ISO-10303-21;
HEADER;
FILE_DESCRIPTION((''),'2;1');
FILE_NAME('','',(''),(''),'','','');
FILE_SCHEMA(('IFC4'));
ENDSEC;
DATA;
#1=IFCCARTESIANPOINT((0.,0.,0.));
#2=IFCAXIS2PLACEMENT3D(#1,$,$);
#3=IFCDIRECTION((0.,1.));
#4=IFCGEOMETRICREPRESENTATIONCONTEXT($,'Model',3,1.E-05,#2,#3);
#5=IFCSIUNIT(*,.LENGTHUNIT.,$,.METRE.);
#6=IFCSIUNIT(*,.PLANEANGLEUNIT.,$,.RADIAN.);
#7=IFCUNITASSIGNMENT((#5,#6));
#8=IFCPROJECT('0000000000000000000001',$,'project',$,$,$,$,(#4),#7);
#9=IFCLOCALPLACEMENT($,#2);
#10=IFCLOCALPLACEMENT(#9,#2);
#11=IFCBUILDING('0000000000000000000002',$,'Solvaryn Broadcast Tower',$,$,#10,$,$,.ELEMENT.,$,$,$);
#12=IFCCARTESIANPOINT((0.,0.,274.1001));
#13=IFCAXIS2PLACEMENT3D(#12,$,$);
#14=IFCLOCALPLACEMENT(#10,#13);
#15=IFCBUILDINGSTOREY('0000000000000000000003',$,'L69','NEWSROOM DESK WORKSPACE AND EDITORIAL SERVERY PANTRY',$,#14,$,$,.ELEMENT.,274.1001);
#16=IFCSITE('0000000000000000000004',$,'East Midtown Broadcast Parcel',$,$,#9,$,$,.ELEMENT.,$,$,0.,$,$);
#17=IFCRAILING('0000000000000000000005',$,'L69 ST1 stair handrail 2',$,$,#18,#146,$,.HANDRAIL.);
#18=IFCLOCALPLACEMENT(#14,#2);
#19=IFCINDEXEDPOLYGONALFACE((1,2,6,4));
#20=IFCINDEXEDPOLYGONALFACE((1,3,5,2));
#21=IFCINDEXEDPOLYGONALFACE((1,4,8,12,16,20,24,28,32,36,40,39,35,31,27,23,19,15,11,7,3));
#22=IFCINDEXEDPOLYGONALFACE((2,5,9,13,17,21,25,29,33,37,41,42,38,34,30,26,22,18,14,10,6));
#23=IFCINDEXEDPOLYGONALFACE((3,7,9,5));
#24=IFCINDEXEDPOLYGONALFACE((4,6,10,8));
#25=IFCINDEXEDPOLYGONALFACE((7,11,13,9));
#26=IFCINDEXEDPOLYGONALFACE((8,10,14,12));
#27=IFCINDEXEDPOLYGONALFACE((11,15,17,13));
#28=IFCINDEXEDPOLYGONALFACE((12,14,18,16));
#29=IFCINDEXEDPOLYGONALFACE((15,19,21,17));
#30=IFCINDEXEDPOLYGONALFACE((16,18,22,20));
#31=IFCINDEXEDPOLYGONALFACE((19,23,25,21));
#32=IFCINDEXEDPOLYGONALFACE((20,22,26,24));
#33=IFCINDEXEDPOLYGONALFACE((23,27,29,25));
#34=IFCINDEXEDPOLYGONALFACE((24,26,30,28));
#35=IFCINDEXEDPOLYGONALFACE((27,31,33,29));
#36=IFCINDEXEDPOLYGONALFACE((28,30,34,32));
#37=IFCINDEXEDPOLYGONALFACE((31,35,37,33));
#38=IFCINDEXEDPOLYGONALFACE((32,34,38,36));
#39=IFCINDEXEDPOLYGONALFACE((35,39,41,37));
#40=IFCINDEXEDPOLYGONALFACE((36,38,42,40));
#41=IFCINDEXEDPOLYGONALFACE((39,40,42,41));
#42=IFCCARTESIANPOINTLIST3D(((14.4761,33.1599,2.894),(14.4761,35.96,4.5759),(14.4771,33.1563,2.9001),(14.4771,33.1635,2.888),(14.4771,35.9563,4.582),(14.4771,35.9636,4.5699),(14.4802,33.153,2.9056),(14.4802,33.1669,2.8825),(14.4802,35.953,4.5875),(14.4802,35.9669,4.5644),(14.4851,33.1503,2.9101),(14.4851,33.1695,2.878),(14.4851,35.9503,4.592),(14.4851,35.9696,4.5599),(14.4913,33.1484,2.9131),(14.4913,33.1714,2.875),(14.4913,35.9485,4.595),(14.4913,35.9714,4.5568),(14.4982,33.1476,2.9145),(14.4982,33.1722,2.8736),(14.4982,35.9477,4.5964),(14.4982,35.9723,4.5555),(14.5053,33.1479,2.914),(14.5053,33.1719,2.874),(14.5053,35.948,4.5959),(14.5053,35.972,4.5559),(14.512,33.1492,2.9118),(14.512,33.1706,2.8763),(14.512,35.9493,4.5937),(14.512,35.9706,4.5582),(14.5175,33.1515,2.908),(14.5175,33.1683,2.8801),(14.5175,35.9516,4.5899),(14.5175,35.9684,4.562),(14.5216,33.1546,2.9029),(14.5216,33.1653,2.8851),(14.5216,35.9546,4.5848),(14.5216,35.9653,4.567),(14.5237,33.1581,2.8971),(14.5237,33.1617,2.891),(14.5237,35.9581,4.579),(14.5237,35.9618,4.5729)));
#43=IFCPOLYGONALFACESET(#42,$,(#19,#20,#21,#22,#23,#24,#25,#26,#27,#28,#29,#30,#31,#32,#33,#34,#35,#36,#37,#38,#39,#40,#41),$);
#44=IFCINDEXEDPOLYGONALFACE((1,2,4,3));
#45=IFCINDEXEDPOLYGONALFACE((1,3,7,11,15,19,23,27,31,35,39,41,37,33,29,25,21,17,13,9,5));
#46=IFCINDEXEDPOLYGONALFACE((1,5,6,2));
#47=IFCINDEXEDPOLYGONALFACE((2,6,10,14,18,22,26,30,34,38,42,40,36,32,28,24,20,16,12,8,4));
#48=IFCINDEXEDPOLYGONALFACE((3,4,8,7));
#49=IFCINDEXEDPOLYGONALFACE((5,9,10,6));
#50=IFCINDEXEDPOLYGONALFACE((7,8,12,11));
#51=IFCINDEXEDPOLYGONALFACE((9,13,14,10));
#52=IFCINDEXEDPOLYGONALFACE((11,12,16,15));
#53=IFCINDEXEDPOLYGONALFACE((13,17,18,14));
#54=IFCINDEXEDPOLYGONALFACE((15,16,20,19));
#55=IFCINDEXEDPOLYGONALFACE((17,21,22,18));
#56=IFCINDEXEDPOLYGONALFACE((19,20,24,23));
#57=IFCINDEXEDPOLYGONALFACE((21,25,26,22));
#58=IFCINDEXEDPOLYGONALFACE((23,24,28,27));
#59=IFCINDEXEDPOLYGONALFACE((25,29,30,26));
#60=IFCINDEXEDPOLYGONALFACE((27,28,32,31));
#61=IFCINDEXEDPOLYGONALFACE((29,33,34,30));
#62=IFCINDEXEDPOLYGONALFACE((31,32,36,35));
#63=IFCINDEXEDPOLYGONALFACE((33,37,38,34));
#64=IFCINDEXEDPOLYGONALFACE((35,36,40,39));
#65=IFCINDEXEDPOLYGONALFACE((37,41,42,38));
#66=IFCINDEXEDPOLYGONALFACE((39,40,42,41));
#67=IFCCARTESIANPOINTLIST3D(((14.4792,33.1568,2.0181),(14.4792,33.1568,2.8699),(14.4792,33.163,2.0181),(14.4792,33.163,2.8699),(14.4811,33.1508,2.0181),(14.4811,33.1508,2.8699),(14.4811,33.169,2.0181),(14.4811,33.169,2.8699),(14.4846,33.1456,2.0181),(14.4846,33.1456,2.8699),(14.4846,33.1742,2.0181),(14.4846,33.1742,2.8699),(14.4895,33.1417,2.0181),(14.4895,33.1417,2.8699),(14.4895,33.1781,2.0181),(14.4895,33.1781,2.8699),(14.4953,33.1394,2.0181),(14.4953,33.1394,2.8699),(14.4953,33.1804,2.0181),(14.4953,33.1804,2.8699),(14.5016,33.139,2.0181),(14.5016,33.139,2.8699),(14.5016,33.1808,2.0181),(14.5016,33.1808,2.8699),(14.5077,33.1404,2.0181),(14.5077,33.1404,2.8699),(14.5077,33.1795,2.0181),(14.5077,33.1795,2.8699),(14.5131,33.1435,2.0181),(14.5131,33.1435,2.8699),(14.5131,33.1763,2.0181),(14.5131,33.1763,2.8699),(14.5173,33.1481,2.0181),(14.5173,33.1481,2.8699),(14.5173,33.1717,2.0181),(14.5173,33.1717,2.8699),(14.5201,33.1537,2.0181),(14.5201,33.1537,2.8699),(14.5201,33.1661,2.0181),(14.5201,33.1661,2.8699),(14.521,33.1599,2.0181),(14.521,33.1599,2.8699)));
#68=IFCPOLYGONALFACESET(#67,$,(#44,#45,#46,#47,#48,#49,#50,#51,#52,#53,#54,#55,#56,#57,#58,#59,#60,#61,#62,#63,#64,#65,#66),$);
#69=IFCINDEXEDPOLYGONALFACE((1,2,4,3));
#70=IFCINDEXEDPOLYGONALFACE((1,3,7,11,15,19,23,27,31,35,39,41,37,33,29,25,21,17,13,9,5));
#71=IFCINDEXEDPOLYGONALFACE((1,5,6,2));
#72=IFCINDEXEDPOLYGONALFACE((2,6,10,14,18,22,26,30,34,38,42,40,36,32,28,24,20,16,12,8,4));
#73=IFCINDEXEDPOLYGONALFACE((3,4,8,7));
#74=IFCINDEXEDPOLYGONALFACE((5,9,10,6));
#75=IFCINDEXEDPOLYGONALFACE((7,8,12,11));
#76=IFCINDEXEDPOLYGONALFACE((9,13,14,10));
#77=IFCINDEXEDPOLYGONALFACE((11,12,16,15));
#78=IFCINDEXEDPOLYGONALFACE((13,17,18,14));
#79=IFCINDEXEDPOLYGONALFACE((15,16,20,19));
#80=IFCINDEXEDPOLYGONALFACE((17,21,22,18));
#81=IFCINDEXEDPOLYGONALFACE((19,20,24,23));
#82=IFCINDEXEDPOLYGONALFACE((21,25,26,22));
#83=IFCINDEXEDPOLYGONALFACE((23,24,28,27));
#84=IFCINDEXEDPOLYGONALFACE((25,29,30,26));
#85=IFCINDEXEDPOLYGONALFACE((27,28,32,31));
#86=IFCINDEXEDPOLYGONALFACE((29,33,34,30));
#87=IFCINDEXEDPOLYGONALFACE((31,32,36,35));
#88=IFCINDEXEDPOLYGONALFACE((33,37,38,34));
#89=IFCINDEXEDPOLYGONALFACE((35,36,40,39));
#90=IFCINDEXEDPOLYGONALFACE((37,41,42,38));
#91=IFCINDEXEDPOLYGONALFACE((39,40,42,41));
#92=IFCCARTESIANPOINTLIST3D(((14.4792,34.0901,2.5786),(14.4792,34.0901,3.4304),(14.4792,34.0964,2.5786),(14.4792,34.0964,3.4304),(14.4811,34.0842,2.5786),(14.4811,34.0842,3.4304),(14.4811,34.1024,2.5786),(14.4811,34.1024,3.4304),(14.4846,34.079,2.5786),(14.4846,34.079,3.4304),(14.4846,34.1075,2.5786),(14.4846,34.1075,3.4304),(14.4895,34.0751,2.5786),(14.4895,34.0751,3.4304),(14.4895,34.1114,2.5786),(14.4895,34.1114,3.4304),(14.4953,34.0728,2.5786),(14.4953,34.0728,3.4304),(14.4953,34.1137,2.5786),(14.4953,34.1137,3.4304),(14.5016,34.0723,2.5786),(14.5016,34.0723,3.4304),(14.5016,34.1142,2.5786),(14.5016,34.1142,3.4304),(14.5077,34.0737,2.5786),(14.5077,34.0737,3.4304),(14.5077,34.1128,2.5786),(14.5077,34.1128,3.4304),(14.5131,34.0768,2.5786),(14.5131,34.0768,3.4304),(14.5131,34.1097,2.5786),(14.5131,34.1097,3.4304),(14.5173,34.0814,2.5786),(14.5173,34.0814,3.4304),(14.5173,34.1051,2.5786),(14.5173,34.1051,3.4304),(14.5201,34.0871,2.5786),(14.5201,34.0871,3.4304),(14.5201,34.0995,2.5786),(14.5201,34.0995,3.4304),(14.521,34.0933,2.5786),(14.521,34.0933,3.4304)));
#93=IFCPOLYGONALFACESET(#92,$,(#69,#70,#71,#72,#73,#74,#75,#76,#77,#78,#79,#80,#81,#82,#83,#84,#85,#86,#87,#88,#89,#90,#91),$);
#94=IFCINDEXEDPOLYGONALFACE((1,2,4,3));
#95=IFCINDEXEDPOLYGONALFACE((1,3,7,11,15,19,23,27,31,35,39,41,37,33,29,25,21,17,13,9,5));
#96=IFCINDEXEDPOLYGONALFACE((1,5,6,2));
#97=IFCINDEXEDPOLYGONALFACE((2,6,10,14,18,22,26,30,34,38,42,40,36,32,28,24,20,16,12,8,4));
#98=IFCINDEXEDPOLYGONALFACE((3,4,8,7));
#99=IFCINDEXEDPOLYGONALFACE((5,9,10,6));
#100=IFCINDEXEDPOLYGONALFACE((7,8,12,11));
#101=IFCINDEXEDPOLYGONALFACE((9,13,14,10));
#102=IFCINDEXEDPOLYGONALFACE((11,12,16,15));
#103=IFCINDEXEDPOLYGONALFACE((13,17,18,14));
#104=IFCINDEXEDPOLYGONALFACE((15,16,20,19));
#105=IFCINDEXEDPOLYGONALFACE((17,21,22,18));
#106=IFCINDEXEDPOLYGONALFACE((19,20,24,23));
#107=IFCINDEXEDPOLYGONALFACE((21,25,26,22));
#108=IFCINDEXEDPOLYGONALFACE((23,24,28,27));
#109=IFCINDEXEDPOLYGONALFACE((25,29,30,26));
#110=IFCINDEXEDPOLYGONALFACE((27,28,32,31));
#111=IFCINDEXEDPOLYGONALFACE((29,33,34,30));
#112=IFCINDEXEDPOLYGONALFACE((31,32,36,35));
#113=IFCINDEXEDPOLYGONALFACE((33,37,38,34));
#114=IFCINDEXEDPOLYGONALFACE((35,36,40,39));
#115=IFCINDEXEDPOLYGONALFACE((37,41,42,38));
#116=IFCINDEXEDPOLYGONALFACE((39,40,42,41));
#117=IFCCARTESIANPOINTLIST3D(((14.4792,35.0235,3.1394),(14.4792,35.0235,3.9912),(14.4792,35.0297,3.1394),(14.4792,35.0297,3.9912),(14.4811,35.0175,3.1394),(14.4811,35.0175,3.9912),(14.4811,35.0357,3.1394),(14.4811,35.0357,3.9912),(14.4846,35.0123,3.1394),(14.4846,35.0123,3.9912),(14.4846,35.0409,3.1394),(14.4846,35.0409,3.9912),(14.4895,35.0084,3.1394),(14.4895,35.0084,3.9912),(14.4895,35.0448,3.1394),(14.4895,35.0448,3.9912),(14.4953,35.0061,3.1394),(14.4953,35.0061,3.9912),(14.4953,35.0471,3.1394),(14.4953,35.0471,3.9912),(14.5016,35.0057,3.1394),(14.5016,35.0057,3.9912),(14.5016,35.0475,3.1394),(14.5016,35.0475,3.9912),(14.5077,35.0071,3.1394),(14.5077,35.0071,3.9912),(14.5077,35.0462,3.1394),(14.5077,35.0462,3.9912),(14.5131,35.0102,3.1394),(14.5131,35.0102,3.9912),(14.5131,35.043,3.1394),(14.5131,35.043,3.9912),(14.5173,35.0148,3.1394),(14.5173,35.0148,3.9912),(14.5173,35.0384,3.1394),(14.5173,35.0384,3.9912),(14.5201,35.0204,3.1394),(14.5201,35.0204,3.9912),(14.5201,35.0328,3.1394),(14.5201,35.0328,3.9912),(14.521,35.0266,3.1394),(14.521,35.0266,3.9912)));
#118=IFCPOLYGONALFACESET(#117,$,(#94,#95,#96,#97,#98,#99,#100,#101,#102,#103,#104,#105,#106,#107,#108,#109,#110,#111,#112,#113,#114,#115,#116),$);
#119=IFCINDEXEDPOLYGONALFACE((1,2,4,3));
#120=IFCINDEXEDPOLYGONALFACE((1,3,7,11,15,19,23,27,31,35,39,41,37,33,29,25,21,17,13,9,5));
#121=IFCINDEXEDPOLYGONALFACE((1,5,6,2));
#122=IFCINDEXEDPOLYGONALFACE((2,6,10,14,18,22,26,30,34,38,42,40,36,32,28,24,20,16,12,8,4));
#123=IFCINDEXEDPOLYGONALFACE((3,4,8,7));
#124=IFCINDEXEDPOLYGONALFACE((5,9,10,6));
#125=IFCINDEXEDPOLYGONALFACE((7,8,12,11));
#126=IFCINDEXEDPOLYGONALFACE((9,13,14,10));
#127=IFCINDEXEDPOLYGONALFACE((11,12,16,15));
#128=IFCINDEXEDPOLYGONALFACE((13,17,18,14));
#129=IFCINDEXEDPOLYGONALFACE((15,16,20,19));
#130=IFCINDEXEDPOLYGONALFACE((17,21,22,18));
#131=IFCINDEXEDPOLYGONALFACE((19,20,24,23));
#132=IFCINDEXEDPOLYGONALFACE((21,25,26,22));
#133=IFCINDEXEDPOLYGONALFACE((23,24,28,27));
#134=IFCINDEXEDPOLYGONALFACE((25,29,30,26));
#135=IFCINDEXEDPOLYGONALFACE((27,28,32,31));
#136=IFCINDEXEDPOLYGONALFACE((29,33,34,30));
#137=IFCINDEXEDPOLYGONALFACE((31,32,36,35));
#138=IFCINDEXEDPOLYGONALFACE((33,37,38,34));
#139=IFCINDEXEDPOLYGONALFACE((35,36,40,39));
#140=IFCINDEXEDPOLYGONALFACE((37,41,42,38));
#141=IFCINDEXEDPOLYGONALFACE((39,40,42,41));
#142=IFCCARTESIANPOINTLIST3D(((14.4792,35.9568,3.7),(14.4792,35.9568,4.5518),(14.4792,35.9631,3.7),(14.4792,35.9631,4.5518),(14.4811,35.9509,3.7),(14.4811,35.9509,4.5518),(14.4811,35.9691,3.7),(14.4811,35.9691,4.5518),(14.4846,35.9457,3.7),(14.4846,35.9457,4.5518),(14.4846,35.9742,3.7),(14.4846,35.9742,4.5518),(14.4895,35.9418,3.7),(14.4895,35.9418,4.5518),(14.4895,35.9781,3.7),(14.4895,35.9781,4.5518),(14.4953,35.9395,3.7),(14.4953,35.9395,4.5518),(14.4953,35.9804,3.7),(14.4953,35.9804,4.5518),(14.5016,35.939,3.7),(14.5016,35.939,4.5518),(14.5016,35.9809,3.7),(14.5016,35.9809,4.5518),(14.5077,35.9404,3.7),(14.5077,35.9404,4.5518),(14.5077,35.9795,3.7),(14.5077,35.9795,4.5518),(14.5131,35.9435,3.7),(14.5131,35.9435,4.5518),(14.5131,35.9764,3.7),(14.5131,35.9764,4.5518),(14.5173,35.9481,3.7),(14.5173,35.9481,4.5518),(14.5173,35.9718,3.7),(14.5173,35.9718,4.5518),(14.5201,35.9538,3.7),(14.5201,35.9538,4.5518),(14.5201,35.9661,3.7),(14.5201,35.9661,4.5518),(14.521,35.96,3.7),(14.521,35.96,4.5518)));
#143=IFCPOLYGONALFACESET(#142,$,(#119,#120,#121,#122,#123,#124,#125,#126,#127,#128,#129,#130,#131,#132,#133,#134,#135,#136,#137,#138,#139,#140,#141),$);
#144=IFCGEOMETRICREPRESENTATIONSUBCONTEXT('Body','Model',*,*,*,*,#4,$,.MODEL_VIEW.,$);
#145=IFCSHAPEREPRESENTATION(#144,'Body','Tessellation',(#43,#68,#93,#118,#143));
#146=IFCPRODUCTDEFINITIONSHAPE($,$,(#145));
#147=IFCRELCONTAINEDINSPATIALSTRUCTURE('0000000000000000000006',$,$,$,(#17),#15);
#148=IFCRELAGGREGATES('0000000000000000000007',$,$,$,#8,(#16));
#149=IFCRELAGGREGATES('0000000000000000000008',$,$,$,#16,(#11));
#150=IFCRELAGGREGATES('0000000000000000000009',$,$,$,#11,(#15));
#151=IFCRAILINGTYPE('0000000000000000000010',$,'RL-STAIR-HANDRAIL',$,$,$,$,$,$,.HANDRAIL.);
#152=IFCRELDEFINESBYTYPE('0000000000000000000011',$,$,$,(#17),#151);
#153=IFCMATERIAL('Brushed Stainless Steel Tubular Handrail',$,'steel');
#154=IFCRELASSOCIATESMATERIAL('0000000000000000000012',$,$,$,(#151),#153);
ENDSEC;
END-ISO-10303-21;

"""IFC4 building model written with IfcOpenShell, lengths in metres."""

from ifc_helpers import new_model, si_unit, direction, frame, origin, origin_2d, place, context, subcontext, project, spatial, circle, extrude, material, type_object, element, save


model = new_model("IFC4")

# Units and contexts
model_context = context("Model", 3, precision=1e-05, world=origin(), true_north=direction((0.0, 1.0)))
body_context = subcontext(model_context, "Body", "Model", "MODEL_VIEW")
ifc_project = project(units=[si_unit("LENGTHUNIT", "METRE"), si_unit("PLANEANGLEUNIT", "RADIAN")], contexts=[model_context])

# Site, building, storey
site_placement = place(None, origin())
site = spatial("IfcSite", under=ifc_project, at=site_placement, Name="East Midtown Broadcast Parcel", CompositionType="ELEMENT", RefElevation=0.0)
building_placement = place(site_placement, origin())
building = spatial("IfcBuilding", under=site, at=building_placement, Name="Solvaryn Broadcast Tower", CompositionType="ELEMENT")
storey_placement = place(building_placement, frame((0.0, 0.0, 274.1001)))
storey = spatial("IfcBuildingStorey", under=building, at=storey_placement, Name="L69", Description="NEWSROOM DESK WORKSPACE AND EDITORIAL SERVERY PANTRY", CompositionType="ELEMENT", Elevation=274.1001)

# Railing
ifc_material_1 = material(Name="Brushed Stainless Steel Tubular Handrail", Category="steel")
railing_type_1 = type_object("IfcRailingType", Name="RL-STAIR-HANDRAIL", PredefinedType="HANDRAIL", material=ifc_material_1)
railing_1_placement = place(storey_placement, frame((14.5, 33.1599, 2.0181)))
element("IfcRailing", 1, at=railing_1_placement, inside=storey, type_object=railing_type_1, Name="L69 ST1 stair handrail 2", PredefinedType="HANDRAIL", context=body_context, shape_type="SweptSolid", body=[
    extrude(circle(Radius=0.0239, at=origin_2d()), frame((0.0, 0.0, 0.876), z_axis=(0.0, 0.857242, 0.514913), x_axis=(-1.0, 0.0, 0.0)), (0.0, 0.0, 1.0), 3.2664),
    extrude(circle(Radius=0.021, at=origin_2d()), origin(), (0.0, 0.0, 1.0), 0.8518),
    extrude(circle(Radius=0.021, at=origin_2d()), frame((0.0, 0.9333, 0.5605)), (0.0, 0.0, 1.0), 0.8518),
    extrude(circle(Radius=0.021, at=origin_2d()), frame((0.0, 1.8667, 1.1213)), (0.0, 0.0, 1.0), 0.8518),
    extrude(circle(Radius=0.021, at=origin_2d()), frame((0.0, 2.8, 1.6819)), (0.0, 0.0, 1.0), 0.8518),
])

save(model, "model.ifc")
